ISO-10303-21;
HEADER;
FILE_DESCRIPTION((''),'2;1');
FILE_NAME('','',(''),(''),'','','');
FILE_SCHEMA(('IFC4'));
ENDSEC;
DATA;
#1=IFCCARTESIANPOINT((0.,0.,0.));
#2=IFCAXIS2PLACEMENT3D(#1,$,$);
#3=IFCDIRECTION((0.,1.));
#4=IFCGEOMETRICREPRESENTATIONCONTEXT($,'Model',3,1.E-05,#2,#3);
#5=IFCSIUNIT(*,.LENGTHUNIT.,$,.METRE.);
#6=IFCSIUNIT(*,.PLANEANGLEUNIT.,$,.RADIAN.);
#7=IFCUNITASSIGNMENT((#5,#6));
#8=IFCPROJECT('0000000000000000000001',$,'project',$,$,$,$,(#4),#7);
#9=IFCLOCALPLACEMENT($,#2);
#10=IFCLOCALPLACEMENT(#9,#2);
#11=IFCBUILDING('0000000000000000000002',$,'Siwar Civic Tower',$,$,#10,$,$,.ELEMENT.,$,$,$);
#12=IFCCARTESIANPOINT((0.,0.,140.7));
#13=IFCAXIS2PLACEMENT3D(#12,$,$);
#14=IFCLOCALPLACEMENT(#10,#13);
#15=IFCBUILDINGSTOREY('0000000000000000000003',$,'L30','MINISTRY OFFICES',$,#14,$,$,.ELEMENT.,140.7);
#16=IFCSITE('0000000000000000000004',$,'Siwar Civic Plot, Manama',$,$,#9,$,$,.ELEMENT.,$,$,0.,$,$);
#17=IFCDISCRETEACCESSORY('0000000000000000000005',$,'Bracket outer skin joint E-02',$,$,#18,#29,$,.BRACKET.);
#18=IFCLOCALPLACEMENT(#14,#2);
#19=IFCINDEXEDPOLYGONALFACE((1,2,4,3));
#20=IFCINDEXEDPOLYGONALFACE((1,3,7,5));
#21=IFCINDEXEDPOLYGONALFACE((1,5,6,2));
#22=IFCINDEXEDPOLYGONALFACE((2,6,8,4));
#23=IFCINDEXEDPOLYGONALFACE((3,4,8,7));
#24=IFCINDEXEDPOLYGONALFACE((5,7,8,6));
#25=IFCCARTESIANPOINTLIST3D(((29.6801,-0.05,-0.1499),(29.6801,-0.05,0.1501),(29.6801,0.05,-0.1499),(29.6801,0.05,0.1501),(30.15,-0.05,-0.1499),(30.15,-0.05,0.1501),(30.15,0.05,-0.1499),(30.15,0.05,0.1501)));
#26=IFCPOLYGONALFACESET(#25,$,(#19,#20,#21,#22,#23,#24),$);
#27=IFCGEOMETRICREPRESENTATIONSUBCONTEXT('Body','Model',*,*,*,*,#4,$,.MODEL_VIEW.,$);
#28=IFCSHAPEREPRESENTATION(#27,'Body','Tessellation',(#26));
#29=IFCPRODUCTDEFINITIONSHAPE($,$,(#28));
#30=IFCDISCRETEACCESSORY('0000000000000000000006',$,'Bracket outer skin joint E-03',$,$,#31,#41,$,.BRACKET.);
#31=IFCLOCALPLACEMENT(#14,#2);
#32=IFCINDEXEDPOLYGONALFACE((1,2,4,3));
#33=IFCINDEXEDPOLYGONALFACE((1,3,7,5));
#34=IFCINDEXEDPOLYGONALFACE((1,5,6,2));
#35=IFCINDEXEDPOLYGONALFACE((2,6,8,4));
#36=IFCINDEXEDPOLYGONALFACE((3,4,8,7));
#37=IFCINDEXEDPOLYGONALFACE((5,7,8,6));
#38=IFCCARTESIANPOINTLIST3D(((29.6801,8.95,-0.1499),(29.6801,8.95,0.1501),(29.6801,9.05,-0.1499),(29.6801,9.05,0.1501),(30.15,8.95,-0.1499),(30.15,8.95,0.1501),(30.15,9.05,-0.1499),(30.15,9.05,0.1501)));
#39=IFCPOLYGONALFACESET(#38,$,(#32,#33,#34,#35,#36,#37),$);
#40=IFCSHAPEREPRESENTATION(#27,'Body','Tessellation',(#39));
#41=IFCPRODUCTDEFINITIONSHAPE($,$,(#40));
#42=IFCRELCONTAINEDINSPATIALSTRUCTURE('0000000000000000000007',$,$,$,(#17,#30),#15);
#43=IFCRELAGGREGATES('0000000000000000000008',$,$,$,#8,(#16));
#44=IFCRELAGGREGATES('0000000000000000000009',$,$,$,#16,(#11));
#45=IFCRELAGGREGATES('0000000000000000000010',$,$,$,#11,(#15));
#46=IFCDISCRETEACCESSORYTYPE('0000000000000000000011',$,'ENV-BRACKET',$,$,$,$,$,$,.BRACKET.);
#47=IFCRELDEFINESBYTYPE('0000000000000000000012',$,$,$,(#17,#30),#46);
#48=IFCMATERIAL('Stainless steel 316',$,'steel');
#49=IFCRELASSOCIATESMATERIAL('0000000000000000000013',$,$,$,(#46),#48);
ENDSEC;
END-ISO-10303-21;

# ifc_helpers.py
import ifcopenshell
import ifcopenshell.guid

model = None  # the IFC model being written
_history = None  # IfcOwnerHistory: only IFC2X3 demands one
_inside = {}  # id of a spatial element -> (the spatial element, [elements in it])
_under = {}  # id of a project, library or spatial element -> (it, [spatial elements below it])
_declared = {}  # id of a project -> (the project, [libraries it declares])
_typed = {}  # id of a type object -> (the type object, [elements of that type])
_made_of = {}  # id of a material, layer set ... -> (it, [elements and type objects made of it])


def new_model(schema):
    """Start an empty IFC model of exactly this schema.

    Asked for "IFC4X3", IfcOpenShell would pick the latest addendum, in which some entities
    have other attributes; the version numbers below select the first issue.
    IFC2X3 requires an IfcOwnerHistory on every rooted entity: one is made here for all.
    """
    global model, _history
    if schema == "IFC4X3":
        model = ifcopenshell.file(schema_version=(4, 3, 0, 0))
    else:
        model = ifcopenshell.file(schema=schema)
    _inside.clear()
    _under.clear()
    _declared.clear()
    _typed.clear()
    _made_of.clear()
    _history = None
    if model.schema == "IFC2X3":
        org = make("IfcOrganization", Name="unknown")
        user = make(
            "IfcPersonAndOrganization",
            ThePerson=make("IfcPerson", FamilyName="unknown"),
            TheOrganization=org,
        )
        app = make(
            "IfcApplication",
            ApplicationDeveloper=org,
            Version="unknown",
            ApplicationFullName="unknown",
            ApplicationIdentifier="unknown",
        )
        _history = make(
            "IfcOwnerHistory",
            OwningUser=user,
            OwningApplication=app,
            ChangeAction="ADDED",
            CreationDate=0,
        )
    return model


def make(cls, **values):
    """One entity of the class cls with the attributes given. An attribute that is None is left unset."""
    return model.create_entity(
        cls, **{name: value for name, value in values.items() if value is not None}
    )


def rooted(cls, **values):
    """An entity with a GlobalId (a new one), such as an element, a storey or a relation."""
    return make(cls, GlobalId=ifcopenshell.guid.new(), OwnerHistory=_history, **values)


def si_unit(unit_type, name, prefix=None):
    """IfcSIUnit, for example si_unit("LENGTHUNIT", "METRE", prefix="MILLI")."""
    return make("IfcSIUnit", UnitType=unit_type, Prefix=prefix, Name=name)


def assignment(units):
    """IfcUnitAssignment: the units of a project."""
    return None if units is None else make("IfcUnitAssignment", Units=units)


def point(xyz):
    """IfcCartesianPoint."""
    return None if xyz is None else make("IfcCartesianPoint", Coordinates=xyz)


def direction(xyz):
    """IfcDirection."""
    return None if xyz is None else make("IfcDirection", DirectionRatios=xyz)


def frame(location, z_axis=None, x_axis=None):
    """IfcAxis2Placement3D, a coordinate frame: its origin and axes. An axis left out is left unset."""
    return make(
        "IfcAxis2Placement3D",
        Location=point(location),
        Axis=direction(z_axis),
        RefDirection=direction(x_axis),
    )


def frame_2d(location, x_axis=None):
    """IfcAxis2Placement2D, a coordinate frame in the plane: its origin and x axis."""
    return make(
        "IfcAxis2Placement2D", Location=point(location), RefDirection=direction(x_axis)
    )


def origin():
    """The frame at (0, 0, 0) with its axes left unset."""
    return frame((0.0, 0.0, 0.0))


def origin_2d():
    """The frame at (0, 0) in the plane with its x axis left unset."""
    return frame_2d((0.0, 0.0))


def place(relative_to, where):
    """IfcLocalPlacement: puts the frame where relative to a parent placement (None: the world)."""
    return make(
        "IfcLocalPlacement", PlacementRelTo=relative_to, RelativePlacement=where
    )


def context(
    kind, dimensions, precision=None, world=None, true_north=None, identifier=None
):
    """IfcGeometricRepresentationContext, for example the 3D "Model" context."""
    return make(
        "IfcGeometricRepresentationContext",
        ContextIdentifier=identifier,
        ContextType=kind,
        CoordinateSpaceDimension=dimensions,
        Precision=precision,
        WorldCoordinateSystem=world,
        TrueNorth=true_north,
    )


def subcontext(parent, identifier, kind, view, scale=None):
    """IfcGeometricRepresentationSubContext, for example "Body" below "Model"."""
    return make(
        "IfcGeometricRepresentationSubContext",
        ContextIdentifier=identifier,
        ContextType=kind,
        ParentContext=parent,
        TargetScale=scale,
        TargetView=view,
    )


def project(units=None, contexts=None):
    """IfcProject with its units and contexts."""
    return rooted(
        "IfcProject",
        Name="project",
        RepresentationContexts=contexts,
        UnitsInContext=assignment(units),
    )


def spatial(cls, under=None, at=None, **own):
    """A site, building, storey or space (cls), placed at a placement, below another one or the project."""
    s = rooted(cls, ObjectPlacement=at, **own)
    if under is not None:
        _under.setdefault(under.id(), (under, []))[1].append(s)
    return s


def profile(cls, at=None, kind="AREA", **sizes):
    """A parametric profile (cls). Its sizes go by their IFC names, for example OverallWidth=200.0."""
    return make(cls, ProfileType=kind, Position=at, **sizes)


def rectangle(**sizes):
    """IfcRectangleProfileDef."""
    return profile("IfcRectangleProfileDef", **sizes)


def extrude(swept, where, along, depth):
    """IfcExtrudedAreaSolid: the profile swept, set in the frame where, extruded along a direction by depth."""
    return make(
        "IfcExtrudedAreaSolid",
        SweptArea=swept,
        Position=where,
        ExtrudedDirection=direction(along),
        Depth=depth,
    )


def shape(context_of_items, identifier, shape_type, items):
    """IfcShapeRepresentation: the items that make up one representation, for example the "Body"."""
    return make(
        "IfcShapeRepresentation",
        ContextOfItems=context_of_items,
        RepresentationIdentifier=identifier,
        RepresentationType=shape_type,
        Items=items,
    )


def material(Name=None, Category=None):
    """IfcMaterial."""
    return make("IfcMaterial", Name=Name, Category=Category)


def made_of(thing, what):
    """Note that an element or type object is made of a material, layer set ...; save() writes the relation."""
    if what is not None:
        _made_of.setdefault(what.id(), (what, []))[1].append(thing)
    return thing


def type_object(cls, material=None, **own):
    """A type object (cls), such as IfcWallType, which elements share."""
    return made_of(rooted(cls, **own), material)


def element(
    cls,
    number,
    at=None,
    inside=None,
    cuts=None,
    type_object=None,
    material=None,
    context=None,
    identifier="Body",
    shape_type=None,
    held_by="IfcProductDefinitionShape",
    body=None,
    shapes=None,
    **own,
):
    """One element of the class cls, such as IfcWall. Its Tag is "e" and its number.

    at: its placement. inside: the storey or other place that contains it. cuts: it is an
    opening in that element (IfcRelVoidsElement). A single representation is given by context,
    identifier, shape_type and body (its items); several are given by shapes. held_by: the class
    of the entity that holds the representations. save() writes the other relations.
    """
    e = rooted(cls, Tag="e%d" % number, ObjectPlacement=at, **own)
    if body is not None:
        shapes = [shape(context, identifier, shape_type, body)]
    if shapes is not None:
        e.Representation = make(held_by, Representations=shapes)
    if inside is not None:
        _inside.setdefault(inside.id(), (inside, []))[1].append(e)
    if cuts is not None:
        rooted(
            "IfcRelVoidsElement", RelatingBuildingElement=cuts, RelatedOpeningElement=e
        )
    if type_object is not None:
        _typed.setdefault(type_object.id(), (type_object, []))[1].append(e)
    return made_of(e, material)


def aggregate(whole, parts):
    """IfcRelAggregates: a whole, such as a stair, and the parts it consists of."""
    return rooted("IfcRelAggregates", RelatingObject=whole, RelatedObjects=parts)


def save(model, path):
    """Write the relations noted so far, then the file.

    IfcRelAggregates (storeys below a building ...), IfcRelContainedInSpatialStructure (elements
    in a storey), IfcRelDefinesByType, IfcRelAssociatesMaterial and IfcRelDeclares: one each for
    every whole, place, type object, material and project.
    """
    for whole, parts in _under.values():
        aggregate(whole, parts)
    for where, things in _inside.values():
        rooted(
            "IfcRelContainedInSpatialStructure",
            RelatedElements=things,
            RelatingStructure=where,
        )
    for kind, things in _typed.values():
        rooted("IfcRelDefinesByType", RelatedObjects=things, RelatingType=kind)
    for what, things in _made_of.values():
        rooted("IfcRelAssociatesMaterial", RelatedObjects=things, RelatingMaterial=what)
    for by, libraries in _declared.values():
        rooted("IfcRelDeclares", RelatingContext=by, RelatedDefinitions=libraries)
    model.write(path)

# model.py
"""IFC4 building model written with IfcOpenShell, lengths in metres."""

from ifc_helpers import new_model, si_unit, direction, frame, origin, origin_2d, place, context, subcontext, project, spatial, rectangle, extrude, material, type_object, element, save


model = new_model("IFC4")

# Units and contexts
model_context = context("Model", 3, precision=1e-05, world=origin(), true_north=direction((0.0, 1.0)))
body_context = subcontext(model_context, "Body", "Model", "MODEL_VIEW")
ifc_project = project(units=[si_unit("LENGTHUNIT", "METRE"), si_unit("PLANEANGLEUNIT", "RADIAN")], contexts=[model_context])

# Site, building, storey
site_placement = place(None, origin())
site = spatial("IfcSite", under=ifc_project, at=site_placement, Name="Siwar Civic Plot, Manama", CompositionType="ELEMENT", RefElevation=0.0)
building_placement = place(site_placement, origin())
building = spatial("IfcBuilding", under=site, at=building_placement, Name="Siwar Civic Tower", CompositionType="ELEMENT")
storey_placement = place(building_placement, frame((0.0, 0.0, 140.7)))
storey = spatial("IfcBuildingStorey", under=building, at=storey_placement, Name="L30", Description="MINISTRY OFFICES", CompositionType="ELEMENT", Elevation=140.7)

# Discrete accessories
ifc_material_1 = material(Name="Stainless steel 316", Category="steel")
discrete_accessory_type = type_object("IfcDiscreteAccessoryType", Name="ENV-BRACKET", PredefinedType="BRACKET", material=ifc_material_1)
for number, where, z_axis, x_axis, name in (
    (1, (29.915, 0.0, -0.1499), (0.0, 0.0, 1.0), (1.0, 0.0, 0.0), "Bracket outer skin joint E-02"),
    (2, (29.915, 9.0, -0.1499), (0.0, 0.0, 1.0), (1.0, 0.0, 0.0), "Bracket outer skin joint E-03"),
):
    element("IfcDiscreteAccessory", number, at=place(storey_placement, frame(where, z_axis=z_axis, x_axis=x_axis)), inside=storey, type_object=discrete_accessory_type, Name=name, PredefinedType="BRACKET", context=body_context, shape_type="SweptSolid", body=[
        extrude(rectangle(XDim=0.47, YDim=0.1001, at=origin_2d()), origin(), (0.0, 0.0, 1.0), 0.3),
    ])

save(model, "model.ifc")
